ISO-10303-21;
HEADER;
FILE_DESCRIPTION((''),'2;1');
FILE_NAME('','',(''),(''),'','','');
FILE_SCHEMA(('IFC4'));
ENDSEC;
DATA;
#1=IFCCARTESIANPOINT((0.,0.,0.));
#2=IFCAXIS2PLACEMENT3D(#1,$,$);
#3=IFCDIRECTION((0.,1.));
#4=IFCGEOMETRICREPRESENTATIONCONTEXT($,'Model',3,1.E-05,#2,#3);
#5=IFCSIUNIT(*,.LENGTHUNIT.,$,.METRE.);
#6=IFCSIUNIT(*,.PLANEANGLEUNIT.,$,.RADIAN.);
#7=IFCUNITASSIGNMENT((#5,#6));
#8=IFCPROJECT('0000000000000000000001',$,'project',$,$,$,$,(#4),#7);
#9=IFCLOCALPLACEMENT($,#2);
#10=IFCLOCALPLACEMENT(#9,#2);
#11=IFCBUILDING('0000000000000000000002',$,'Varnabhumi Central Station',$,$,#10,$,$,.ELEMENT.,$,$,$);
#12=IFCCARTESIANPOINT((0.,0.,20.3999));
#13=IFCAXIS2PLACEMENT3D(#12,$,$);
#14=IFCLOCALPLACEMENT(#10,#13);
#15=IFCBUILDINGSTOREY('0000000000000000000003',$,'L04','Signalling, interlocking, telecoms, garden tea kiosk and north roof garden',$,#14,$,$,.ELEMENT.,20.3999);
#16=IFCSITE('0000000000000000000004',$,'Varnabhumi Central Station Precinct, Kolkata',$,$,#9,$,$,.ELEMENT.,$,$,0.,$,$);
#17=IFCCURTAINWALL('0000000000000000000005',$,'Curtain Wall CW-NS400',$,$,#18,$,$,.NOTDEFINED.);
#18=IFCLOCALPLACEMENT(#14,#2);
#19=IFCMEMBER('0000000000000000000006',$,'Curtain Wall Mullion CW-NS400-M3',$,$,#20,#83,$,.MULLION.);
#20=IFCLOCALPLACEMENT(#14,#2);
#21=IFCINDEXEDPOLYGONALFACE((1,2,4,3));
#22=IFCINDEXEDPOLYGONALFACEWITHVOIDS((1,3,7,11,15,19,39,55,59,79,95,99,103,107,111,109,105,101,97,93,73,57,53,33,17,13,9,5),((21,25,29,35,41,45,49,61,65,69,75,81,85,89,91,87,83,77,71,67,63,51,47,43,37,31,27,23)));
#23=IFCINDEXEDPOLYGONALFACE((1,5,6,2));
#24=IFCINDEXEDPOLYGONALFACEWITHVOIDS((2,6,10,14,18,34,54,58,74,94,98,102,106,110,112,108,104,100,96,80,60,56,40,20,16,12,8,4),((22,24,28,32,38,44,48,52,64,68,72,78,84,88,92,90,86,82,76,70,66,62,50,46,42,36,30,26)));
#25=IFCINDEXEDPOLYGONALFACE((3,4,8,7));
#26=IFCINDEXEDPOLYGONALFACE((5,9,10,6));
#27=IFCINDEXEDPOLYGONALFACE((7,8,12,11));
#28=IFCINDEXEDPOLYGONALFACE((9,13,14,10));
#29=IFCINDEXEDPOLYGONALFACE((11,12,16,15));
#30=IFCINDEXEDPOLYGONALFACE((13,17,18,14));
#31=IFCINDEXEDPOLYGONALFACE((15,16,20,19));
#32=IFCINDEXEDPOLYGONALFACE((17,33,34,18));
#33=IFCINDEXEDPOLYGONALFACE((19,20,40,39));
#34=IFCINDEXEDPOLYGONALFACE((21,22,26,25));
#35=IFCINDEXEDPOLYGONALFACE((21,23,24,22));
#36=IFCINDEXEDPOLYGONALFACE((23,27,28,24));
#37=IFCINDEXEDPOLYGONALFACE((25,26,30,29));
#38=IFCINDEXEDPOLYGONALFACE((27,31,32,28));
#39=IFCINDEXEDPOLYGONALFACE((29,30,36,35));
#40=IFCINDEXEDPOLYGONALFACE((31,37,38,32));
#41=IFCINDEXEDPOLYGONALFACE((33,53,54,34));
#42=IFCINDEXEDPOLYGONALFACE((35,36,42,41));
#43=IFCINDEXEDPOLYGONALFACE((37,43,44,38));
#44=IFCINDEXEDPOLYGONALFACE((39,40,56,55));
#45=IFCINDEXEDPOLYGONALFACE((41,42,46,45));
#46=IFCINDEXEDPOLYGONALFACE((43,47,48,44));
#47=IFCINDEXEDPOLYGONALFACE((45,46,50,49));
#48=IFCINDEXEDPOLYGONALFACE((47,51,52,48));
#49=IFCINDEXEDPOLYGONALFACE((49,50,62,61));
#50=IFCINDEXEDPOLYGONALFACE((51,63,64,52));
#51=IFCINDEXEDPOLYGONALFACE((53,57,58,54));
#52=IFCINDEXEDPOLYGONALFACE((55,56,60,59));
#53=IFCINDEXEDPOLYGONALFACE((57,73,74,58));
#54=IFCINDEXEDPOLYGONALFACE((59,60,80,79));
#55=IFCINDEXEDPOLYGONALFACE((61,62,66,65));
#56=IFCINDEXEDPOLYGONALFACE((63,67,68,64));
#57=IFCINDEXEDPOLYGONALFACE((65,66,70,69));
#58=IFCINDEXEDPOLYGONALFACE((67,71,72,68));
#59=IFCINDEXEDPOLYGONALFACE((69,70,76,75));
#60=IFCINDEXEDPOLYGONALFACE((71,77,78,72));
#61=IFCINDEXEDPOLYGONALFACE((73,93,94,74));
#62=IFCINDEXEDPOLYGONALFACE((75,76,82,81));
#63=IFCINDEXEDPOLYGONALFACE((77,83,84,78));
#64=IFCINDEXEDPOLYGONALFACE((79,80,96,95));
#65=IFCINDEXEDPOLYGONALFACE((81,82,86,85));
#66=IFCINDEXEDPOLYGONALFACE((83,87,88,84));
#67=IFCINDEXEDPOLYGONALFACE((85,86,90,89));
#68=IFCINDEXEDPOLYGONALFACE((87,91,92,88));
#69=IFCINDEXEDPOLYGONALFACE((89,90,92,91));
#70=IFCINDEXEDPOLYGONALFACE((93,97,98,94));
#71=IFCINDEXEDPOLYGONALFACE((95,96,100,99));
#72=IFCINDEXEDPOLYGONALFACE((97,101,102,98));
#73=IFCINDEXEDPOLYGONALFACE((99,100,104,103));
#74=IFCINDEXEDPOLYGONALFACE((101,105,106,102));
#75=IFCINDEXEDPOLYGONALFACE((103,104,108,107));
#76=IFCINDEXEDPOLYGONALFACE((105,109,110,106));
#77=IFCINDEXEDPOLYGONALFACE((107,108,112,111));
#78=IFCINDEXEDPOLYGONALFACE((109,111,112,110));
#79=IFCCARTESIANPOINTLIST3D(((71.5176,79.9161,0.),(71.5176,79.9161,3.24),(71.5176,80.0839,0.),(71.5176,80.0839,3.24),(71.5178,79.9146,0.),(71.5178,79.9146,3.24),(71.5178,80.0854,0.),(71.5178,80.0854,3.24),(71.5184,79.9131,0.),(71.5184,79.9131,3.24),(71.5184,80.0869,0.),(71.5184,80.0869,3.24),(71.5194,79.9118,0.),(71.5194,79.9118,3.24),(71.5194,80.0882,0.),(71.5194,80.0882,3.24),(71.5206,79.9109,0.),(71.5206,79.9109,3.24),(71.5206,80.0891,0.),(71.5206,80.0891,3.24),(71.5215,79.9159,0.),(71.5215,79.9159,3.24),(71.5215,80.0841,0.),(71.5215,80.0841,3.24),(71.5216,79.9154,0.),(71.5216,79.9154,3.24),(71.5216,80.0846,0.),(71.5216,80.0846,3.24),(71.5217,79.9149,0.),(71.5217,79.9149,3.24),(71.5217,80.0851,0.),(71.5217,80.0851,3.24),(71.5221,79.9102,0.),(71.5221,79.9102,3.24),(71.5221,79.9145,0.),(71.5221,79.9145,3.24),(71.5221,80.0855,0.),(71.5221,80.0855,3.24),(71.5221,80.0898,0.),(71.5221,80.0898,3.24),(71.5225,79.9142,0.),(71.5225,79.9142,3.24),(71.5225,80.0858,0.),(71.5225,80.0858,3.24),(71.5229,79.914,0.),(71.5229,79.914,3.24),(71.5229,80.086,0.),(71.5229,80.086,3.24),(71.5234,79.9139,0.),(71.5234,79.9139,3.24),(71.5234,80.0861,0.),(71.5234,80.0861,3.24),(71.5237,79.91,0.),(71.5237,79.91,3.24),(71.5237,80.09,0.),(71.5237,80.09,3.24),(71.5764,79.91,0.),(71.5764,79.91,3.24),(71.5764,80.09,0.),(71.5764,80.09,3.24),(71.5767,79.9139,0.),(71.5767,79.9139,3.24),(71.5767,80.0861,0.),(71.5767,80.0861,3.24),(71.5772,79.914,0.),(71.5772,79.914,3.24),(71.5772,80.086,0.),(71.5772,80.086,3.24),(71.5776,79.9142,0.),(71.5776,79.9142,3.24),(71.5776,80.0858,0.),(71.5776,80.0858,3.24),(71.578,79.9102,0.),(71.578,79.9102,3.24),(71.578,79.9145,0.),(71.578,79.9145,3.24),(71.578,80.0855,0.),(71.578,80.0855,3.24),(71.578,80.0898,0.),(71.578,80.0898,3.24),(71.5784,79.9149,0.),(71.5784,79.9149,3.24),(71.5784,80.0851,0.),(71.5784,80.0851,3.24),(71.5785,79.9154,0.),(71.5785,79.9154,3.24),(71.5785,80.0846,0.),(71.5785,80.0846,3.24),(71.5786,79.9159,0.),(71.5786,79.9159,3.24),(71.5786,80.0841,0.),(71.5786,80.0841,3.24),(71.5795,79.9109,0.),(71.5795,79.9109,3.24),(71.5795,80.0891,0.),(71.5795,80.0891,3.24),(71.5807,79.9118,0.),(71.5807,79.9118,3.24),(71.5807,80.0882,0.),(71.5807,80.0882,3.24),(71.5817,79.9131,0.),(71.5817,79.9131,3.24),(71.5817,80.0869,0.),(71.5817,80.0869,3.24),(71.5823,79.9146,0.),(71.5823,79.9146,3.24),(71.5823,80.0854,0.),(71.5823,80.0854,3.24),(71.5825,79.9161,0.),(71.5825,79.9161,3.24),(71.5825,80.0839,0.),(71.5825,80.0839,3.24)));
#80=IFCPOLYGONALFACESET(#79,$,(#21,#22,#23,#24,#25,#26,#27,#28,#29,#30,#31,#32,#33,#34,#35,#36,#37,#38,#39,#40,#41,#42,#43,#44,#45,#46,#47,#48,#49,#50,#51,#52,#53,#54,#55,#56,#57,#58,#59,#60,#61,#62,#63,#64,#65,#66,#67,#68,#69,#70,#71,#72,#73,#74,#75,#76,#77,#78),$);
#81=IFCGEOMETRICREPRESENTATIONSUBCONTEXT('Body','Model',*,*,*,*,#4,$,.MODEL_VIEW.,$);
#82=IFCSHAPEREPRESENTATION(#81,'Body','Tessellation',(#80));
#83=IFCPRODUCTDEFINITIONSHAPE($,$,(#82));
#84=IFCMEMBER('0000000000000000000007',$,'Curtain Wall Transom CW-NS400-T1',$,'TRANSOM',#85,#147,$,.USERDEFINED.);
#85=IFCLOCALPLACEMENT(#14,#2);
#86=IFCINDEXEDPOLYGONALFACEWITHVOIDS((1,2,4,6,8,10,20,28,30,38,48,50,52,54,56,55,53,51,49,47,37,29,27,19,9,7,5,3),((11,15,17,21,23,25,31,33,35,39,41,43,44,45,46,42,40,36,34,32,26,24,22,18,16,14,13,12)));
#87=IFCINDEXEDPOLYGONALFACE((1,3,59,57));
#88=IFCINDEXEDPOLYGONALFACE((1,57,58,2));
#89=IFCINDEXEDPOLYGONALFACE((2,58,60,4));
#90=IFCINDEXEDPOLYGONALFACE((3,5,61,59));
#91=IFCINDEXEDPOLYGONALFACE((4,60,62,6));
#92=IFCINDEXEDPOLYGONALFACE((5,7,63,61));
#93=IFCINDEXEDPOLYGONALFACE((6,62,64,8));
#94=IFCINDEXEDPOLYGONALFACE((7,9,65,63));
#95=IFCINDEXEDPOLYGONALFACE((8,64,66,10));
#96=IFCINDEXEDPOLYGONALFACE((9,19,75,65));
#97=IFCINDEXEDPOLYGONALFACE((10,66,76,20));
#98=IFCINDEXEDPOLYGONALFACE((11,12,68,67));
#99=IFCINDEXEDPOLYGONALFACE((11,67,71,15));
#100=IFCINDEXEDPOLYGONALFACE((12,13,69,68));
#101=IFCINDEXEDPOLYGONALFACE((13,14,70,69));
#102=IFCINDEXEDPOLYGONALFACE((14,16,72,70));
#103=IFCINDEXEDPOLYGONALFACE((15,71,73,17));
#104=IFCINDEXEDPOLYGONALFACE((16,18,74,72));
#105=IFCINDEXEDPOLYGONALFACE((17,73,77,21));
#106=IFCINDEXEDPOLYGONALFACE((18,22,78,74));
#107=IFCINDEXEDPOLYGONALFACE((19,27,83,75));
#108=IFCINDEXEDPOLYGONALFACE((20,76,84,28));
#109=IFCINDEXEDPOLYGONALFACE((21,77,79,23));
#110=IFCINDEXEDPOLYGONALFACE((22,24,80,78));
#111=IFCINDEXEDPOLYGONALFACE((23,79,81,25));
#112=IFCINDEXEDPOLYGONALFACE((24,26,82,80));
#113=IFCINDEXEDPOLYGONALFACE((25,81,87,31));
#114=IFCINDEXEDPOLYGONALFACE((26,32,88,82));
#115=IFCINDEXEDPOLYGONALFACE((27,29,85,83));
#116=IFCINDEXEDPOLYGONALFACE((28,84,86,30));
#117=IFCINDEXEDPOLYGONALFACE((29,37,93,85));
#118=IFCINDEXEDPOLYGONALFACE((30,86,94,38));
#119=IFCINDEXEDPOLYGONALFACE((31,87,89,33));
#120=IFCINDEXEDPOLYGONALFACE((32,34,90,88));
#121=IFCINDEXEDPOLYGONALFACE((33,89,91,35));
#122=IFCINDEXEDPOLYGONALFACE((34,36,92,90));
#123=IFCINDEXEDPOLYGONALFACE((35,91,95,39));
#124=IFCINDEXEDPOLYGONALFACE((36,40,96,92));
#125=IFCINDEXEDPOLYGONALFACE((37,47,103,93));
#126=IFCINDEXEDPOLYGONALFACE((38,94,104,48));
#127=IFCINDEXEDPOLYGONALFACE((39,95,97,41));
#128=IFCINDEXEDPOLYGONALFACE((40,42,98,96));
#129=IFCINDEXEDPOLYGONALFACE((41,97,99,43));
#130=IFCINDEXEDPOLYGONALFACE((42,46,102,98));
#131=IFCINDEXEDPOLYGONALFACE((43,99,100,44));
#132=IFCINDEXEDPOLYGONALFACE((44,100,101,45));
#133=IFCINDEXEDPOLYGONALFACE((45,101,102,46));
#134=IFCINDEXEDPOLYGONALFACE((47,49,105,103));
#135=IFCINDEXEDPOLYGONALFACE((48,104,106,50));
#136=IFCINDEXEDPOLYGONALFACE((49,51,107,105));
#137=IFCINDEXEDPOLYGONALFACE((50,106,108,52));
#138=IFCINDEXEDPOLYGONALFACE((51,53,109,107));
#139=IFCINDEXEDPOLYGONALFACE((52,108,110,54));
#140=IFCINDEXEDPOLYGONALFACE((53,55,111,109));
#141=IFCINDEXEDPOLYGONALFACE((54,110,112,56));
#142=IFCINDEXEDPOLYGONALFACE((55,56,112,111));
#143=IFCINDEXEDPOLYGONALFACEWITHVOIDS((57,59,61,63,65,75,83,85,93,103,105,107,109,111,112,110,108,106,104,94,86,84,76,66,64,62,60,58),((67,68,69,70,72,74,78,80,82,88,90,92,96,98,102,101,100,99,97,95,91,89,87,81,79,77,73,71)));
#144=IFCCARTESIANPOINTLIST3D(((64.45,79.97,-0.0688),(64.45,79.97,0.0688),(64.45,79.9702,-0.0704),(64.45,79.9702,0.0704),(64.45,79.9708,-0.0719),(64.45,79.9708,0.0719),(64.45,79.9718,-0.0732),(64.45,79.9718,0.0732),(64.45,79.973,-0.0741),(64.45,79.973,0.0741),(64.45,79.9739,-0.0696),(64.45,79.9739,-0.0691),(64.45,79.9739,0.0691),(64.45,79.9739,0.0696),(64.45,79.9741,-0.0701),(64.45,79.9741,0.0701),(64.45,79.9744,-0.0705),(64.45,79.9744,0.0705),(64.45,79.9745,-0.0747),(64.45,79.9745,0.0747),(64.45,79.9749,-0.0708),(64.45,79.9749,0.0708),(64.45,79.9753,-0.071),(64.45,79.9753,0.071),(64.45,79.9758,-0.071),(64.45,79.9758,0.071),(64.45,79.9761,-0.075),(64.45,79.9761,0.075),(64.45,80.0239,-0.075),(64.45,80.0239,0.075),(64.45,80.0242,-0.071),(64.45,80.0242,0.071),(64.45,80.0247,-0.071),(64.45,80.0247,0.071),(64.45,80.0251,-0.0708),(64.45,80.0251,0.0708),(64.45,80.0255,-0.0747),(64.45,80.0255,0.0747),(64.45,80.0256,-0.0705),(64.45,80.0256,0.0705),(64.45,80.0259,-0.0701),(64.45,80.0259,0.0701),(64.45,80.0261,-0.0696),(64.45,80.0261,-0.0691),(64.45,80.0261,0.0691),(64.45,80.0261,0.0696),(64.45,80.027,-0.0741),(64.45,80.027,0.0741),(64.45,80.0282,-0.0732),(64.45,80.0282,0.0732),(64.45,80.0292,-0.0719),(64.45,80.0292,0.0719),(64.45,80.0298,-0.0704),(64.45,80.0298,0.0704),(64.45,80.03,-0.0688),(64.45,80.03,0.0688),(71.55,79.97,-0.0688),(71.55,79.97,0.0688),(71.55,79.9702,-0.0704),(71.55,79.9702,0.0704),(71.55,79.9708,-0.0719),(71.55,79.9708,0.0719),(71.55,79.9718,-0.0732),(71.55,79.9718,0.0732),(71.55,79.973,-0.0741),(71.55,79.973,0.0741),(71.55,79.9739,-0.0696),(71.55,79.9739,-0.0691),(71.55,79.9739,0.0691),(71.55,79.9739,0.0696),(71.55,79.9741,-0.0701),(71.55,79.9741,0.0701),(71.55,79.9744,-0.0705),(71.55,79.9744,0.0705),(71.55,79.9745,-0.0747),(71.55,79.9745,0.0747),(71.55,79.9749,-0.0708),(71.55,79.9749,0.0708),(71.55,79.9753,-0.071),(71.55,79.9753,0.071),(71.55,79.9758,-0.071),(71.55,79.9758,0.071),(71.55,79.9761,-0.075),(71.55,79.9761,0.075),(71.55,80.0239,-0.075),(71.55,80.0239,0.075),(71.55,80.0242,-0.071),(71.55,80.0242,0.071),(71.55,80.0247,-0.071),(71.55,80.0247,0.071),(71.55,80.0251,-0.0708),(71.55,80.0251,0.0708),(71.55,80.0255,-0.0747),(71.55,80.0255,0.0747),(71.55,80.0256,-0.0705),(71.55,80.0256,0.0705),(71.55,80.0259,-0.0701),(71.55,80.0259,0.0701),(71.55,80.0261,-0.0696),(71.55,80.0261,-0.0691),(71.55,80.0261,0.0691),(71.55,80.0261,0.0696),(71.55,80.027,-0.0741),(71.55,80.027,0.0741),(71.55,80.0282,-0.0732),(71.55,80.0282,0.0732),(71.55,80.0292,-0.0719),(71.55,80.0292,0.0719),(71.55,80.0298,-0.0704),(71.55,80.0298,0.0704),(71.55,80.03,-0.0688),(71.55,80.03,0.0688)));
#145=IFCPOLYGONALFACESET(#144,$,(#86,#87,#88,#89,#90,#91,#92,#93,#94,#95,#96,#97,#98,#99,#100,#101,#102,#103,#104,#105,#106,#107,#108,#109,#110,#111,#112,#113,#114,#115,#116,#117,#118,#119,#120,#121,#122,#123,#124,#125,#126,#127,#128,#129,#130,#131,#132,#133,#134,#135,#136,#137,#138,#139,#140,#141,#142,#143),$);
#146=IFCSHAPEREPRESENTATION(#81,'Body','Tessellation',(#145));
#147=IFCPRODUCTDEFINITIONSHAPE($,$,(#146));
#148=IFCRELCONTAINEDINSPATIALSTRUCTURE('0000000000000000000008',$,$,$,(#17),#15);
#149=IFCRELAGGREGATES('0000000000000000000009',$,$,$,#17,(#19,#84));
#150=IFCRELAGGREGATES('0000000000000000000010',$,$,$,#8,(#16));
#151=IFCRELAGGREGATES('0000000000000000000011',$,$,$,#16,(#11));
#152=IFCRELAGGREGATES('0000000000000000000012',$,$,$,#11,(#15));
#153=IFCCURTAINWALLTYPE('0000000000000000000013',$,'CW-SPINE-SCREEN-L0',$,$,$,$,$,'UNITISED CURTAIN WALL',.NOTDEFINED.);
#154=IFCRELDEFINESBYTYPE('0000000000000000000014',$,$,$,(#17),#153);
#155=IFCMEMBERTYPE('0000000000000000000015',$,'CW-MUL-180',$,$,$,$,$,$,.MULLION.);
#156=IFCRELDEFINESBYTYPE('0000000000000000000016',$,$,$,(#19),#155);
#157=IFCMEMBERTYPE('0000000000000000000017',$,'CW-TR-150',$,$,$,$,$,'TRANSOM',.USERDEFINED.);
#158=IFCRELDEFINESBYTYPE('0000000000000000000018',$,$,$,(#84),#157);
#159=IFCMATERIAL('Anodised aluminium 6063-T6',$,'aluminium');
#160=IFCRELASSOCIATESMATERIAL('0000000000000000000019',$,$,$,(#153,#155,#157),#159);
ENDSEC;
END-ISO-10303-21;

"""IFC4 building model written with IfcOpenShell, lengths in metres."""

from ifc_helpers import new_model, si_unit, direction, frame, origin, origin_2d, place, context, subcontext, project, spatial, hollow_rectangle, extrude, material, material_profile, profile_set, type_object, element, aggregate, save


model = new_model("IFC4")

# Units and contexts
model_context = context("Model", 3, precision=1e-05, world=origin(), true_north=direction((0.0, 1.0)))
body_context = subcontext(model_context, "Body", "Model", "MODEL_VIEW")
ifc_project = project(units=[si_unit("LENGTHUNIT", "METRE"), si_unit("PLANEANGLEUNIT", "RADIAN")], contexts=[model_context])

# Site, building, storey
site_placement = place(None, origin())
site = spatial("IfcSite", under=ifc_project, at=site_placement, Name="Varnabhumi Central Station Precinct, Kolkata", CompositionType="ELEMENT", RefElevation=0.0)
building_placement = place(site_placement, origin())
building = spatial("IfcBuilding", under=site, at=building_placement, Name="Varnabhumi Central Station", CompositionType="ELEMENT")
storey_placement = place(building_placement, frame((0.0, 0.0, 20.3999)))
storey = spatial("IfcBuildingStorey", under=building, at=storey_placement, Name="L04", Description="Signalling, interlocking, telecoms, garden tea kiosk and north roof garden", CompositionType="ELEMENT", Elevation=20.3999)

# Curtain wall, members
ifc_material_1 = material(Name="Anodised aluminium 6063-T6", Category="aluminium")
curtain_wall_type = type_object("IfcCurtainWallType", Name="CW-SPINE-SCREEN-L0", ElementType="UNITISED CURTAIN WALL", PredefinedType="NOTDEFINED", material=ifc_material_1)
curtain_wall_placement = place(storey_placement, origin())
curtain_wall = element("IfcCurtainWall", 1, at=curtain_wall_placement, inside=storey, type_object=curtain_wall_type, Name="Curtain Wall CW-NS400", PredefinedType="NOTDEFINED")
ifc_material_profile_1 = material_profile(ifc_material_1, hollow_rectangle(XDim=0.0649, YDim=0.1799, WallThickness=0.0039, InnerFilletRadius=0.002, OuterFilletRadius=0.0061, at=origin_2d()), Name="Anodised aluminium 6063-T6", Category="aluminium")
ifc_profile_set_1 = profile_set([ifc_material_profile_1], Name="Anodised aluminium 6063-T6")
member_type_1 = type_object("IfcMemberType", Name="CW-MUL-180", PredefinedType="MULLION", material=ifc_profile_set_1)
member_1_placement = place(storey_placement, frame((71.55, 80.0, 0.0), z_axis=(0.0, 0.0, 1.0), x_axis=(1.0, 0.0, 0.0)))
member_1 = element("IfcMember", 2, at=member_1_placement, type_object=member_type_1, Name="Curtain Wall Mullion CW-NS400-M3", PredefinedType="MULLION", context=body_context, shape_type="SweptSolid", body=[
    extrude(hollow_rectangle(XDim=0.0649, YDim=0.1799, WallThickness=0.0039, InnerFilletRadius=0.002, OuterFilletRadius=0.0061, at=origin_2d()), origin(), (0.0, 0.0, 1.0), 3.24),
])
ifc_material_profile_2 = material_profile(ifc_material_1, hollow_rectangle(XDim=0.0601, YDim=0.1499, WallThickness=0.0039, InnerFilletRadius=0.002, OuterFilletRadius=0.0061, at=origin_2d()), Name="Anodised aluminium 6063-T6", Category="aluminium")
ifc_profile_set_2 = profile_set([ifc_material_profile_2], Name="Anodised aluminium 6063-T6")
member_type_2 = type_object("IfcMemberType", Name="CW-TR-150", ElementType="TRANSOM", PredefinedType="USERDEFINED", material=ifc_profile_set_2)
member_2_placement = place(storey_placement, frame((64.45, 80.0, 0.0), z_axis=(1.0, 0.0, 0.0), x_axis=(0.0, 1.0, 0.0)))
member_2 = element("IfcMember", 3, at=member_2_placement, type_object=member_type_2, Name="Curtain Wall Transom CW-NS400-T1", ObjectType="TRANSOM", PredefinedType="USERDEFINED", context=body_context, shape_type="SweptSolid", body=[
    extrude(hollow_rectangle(XDim=0.0601, YDim=0.1499, WallThickness=0.0039, InnerFilletRadius=0.002, OuterFilletRadius=0.0061, at=origin_2d()), origin(), (0.0, 0.0, 1.0), 7.1001),
])

aggregate(curtain_wall, [member_1, member_2])

save(model, "model.ifc")
